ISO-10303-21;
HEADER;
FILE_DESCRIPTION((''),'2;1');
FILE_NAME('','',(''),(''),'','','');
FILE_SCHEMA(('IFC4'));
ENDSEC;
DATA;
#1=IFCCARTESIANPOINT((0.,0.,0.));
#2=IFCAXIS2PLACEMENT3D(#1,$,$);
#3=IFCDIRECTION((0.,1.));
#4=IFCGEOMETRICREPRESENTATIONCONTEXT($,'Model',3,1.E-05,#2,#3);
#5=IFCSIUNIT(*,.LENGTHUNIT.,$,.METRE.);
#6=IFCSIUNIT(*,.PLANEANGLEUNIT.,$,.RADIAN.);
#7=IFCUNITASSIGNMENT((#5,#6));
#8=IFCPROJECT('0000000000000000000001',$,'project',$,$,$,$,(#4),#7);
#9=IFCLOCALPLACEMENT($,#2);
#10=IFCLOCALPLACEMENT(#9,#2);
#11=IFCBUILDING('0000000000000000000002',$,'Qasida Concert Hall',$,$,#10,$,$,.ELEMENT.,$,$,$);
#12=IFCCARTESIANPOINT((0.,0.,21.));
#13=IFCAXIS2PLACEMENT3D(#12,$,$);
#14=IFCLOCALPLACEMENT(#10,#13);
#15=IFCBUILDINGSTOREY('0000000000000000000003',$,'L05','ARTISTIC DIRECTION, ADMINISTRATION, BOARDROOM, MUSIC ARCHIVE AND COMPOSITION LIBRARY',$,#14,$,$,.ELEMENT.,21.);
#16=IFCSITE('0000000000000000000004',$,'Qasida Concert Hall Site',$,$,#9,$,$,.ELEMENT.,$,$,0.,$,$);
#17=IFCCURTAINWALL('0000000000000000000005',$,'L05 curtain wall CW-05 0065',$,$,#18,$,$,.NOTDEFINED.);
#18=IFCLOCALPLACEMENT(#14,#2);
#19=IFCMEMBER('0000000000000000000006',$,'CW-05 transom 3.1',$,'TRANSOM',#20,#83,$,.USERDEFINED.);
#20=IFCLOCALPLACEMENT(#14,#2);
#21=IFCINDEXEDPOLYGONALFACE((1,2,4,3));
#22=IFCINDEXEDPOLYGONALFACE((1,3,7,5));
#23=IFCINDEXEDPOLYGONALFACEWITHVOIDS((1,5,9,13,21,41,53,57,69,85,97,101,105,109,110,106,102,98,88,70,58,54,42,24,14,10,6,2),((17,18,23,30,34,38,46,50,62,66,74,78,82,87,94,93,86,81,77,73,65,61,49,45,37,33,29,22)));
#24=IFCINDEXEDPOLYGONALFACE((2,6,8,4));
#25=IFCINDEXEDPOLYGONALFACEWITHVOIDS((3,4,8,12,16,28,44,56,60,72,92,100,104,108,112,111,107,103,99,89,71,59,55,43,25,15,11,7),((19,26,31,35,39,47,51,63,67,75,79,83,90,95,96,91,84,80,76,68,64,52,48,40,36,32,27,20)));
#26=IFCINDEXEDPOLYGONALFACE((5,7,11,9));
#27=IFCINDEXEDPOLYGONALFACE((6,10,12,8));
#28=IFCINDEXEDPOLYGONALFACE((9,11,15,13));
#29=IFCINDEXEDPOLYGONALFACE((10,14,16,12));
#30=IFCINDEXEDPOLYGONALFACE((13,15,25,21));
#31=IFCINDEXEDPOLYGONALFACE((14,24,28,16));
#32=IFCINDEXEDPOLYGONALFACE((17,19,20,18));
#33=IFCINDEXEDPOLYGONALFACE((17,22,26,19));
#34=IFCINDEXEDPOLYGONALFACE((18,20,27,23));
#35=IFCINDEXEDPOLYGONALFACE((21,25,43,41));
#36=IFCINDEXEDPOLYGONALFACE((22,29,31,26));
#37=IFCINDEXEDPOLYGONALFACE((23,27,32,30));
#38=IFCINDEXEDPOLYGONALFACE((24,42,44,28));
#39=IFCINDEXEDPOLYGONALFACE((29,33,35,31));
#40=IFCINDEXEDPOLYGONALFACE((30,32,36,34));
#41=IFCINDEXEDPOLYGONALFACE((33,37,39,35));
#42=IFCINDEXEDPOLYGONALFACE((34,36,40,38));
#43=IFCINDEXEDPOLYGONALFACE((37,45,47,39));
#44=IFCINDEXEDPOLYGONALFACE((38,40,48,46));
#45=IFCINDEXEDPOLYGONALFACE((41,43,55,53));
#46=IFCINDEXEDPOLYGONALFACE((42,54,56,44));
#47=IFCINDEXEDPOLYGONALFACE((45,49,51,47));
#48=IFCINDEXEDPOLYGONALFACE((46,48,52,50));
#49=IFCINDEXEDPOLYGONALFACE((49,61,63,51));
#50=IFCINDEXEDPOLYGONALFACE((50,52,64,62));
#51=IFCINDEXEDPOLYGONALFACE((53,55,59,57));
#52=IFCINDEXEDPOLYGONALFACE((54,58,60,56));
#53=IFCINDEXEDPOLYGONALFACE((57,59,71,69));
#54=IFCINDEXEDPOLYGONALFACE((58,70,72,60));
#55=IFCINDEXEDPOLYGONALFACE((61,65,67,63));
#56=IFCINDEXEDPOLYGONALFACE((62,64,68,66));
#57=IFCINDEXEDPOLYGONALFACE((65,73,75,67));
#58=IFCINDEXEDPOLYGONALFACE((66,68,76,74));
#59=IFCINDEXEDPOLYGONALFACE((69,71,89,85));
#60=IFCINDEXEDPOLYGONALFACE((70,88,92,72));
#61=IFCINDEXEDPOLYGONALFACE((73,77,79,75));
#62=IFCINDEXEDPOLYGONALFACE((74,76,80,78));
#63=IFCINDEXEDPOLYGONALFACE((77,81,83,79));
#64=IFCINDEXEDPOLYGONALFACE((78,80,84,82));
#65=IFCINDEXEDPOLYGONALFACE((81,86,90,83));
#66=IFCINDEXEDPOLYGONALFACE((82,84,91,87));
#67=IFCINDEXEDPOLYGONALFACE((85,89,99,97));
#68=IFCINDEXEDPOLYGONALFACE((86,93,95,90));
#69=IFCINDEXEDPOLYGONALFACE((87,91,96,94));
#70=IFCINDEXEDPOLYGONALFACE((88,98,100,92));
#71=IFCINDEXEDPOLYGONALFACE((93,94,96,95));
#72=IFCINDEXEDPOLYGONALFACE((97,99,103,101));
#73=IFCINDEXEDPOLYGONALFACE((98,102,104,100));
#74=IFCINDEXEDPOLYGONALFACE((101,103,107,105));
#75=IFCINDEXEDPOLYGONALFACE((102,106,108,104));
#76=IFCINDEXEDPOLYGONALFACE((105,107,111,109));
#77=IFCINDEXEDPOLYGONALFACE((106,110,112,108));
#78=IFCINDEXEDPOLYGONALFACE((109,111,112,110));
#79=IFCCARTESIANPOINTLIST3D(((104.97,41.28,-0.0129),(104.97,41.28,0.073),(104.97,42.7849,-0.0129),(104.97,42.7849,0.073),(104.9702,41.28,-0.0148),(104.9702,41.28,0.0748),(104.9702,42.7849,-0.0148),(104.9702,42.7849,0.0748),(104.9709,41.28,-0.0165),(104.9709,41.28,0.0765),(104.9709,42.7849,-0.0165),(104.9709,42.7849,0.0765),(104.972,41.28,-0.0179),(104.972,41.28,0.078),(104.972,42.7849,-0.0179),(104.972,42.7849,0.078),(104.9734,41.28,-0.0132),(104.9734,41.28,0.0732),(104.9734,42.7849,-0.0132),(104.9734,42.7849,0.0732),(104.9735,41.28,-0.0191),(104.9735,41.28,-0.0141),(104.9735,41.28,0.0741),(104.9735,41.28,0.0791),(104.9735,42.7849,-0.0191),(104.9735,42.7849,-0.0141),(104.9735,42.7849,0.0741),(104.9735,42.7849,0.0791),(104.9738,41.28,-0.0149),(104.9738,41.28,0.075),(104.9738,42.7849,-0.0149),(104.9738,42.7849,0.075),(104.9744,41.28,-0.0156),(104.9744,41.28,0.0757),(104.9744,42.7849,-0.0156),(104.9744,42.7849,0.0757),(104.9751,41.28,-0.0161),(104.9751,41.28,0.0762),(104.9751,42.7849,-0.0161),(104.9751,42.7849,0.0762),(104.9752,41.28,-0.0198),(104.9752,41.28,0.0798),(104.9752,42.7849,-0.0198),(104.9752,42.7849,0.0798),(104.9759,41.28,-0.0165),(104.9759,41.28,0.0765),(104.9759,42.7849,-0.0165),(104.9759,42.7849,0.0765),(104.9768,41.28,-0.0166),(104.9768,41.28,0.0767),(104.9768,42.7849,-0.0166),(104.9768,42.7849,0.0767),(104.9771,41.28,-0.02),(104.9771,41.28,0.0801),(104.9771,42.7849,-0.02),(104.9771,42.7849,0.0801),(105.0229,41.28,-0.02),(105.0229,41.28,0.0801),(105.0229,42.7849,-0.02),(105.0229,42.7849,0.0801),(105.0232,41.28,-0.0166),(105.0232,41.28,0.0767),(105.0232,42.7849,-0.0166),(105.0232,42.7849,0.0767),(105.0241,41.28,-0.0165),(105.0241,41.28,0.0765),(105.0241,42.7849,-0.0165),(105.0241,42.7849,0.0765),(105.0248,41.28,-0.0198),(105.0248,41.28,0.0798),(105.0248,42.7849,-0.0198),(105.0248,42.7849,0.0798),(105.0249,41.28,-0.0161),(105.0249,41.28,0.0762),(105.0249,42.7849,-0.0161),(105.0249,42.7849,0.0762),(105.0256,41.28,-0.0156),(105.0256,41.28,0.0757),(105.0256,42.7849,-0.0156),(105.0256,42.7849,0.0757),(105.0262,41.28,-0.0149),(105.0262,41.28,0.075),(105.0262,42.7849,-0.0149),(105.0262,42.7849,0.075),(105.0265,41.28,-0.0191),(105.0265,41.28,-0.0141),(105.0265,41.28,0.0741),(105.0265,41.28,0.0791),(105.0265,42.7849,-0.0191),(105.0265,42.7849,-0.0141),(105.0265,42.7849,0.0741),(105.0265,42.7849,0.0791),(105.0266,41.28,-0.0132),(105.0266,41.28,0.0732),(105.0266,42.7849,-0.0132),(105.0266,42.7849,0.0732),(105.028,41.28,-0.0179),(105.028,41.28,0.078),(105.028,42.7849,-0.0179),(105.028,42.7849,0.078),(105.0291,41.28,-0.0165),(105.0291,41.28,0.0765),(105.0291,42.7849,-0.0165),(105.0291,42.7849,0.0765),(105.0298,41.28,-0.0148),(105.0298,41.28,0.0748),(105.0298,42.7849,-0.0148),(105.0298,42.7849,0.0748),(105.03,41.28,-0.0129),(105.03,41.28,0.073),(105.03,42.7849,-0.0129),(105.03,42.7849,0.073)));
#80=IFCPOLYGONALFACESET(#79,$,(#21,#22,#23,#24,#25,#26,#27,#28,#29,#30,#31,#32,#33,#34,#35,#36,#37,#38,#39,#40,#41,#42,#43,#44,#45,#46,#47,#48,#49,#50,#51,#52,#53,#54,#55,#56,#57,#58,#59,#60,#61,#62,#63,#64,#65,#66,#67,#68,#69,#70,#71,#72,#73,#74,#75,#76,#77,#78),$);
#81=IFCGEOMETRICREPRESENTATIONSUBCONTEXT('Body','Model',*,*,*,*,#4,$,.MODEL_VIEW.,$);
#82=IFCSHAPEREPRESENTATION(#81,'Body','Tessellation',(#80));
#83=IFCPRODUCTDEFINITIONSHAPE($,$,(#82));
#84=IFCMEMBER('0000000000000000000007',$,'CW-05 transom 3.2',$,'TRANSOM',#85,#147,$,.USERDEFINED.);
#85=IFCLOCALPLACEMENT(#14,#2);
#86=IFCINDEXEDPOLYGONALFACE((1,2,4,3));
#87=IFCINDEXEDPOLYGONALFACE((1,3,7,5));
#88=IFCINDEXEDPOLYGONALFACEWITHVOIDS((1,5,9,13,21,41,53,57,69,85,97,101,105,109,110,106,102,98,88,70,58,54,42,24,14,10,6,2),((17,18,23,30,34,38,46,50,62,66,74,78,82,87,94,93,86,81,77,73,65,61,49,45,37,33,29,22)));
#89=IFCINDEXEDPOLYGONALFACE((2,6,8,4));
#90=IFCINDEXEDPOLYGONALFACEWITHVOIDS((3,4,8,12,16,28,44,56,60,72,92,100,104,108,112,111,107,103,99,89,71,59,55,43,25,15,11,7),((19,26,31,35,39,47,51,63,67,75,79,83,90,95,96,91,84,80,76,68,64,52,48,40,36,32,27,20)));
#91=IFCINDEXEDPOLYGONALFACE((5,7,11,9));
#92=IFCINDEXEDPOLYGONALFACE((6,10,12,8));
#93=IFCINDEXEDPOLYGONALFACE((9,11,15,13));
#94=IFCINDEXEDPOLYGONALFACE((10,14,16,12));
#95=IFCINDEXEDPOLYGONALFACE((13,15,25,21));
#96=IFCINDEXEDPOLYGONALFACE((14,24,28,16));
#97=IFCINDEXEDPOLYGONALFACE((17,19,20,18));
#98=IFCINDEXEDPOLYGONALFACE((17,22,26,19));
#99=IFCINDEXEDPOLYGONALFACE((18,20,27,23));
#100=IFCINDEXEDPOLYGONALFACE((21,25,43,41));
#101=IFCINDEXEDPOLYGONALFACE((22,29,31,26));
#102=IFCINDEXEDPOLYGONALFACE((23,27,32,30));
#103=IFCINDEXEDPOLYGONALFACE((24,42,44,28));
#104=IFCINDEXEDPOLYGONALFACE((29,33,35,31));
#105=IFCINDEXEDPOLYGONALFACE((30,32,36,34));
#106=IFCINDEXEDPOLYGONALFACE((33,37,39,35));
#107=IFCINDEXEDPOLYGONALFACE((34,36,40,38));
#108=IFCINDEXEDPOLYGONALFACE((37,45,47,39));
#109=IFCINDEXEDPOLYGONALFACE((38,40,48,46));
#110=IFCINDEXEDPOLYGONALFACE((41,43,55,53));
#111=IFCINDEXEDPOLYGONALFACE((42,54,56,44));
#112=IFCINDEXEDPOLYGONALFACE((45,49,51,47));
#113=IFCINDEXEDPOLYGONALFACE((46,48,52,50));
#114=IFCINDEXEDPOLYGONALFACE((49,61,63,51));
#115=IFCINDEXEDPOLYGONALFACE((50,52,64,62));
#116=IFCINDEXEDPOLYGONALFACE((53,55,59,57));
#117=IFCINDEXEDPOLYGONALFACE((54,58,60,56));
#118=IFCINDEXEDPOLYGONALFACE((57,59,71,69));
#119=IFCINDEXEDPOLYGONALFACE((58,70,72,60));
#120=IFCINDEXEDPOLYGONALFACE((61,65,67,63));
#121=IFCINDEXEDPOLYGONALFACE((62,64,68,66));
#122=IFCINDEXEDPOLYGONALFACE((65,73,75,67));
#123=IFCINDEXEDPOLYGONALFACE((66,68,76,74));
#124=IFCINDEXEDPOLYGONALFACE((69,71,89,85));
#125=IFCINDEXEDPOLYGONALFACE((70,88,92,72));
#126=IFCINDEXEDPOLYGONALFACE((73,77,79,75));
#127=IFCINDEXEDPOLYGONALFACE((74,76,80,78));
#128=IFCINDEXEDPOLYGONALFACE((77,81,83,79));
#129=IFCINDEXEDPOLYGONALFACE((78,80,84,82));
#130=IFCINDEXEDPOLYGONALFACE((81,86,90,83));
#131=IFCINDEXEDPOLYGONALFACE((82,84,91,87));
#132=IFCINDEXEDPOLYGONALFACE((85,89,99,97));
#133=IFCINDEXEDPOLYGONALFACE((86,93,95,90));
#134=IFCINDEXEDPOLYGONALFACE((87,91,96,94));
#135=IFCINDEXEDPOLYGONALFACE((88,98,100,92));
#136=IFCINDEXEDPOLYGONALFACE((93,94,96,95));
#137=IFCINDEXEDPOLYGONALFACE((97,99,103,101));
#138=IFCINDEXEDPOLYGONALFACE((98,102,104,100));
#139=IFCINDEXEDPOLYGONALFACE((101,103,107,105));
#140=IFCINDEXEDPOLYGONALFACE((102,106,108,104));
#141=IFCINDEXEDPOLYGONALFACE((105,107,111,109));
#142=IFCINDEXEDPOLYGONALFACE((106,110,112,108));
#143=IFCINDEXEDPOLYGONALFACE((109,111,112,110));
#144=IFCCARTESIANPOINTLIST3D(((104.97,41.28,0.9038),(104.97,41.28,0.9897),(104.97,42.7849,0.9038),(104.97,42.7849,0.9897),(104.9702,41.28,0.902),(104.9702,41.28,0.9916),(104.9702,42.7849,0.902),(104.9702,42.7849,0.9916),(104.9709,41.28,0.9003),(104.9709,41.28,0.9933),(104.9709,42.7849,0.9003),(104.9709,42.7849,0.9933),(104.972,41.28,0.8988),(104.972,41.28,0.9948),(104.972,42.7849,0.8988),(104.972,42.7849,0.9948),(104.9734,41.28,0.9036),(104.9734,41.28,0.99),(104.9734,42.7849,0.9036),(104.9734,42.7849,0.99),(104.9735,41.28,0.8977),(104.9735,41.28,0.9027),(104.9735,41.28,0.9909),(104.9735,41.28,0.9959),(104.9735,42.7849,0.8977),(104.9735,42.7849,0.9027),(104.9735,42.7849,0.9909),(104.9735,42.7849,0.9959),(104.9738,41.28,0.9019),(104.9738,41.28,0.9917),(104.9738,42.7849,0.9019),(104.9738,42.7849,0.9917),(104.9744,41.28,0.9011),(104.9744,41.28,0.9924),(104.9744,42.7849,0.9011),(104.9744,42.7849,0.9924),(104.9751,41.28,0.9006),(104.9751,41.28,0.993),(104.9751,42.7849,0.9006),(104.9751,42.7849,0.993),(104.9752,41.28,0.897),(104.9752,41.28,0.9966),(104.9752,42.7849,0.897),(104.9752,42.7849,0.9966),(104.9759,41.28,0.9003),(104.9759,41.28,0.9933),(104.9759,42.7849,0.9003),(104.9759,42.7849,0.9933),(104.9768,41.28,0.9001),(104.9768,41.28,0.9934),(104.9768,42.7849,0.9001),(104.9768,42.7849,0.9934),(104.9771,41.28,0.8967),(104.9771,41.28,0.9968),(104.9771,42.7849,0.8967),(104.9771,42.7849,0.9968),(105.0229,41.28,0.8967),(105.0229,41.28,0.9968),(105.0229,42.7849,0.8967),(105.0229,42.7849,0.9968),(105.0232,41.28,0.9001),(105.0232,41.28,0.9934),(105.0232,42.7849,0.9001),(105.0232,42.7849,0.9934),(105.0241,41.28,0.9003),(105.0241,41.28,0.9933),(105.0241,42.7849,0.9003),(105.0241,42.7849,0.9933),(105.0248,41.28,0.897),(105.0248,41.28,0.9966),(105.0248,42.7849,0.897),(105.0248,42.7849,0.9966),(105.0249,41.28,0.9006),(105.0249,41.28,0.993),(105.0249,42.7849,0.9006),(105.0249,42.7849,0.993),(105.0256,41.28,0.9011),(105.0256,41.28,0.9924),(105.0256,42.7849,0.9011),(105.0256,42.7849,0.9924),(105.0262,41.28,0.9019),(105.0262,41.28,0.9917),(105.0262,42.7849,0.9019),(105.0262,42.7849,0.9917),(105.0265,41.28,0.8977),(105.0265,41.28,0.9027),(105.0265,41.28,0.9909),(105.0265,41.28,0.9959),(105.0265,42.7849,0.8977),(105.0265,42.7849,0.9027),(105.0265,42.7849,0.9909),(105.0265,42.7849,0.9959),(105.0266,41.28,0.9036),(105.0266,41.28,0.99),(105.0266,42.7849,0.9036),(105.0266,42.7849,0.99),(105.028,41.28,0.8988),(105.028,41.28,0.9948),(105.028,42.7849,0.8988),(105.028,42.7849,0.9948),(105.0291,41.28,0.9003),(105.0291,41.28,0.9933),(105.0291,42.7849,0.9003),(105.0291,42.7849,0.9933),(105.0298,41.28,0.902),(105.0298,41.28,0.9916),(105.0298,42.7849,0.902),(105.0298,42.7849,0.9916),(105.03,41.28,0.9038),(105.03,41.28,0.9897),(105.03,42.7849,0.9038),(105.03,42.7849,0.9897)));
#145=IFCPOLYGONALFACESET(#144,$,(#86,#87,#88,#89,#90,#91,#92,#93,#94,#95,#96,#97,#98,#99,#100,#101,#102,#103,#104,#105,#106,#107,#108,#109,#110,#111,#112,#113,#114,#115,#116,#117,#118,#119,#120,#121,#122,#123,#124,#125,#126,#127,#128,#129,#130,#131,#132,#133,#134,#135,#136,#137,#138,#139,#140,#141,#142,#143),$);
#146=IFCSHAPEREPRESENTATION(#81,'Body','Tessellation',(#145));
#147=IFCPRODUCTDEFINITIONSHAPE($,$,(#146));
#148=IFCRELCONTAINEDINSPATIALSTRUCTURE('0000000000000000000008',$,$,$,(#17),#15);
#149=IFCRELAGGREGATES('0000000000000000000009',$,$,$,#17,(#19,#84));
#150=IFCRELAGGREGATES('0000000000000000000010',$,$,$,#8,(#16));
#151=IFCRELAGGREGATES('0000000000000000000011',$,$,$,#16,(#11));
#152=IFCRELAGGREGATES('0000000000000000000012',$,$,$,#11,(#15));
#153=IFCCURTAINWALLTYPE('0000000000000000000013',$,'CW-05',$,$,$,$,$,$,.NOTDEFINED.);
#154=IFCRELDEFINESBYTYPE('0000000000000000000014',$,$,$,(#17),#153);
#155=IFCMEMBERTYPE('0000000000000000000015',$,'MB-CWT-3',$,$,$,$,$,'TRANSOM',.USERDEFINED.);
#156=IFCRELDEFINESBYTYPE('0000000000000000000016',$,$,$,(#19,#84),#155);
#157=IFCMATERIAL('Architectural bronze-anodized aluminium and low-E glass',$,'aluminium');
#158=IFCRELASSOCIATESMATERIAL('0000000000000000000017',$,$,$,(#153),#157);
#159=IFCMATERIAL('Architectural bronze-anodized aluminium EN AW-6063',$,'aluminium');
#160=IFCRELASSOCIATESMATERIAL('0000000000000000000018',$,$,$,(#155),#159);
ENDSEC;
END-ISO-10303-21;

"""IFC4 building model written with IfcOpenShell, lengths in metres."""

from ifc_helpers import new_model, si_unit, direction, frame, origin, origin_2d, place, context, subcontext, project, spatial, hollow_rectangle, extrude, material, material_profile, profile_set, type_object, element, aggregate, save


model = new_model("IFC4")

# Units and contexts
model_context = context("Model", 3, precision=1e-05, world=origin(), true_north=direction((0.0, 1.0)))
body_context = subcontext(model_context, "Body", "Model", "MODEL_VIEW")
ifc_project = project(units=[si_unit("LENGTHUNIT", "METRE"), si_unit("PLANEANGLEUNIT", "RADIAN")], contexts=[model_context])

# Site, building, storey
site_placement = place(None, origin())
site = spatial("IfcSite", under=ifc_project, at=site_placement, Name="Qasida Concert Hall Site", CompositionType="ELEMENT", RefElevation=0.0)
building_placement = place(site_placement, origin())
building = spatial("IfcBuilding", under=site, at=building_placement, Name="Qasida Concert Hall", CompositionType="ELEMENT")
storey_placement = place(building_placement, frame((0.0, 0.0, 21.0)))
storey = spatial("IfcBuildingStorey", under=building, at=storey_placement, Name="L05", Description="ARTISTIC DIRECTION, ADMINISTRATION, BOARDROOM, MUSIC ARCHIVE AND COMPOSITION LIBRARY", CompositionType="ELEMENT", Elevation=21.0)

# Curtain wall, members
ifc_material_1 = material(Name="Architectural bronze-anodized aluminium and low-E glass", Category="aluminium")
curtain_wall_type = type_object("IfcCurtainWallType", Name="CW-05", PredefinedType="NOTDEFINED", material=ifc_material_1)
curtain_wall_placement = place(storey_placement, origin())
curtain_wall = element("IfcCurtainWall", 1, at=curtain_wall_placement, inside=storey, type_object=curtain_wall_type, Name="L05 curtain wall CW-05 0065", PredefinedType="NOTDEFINED")
ifc_material_2 = material(Name="Architectural bronze-anodized aluminium EN AW-6063", Category="aluminium")
ifc_material_profile_1 = material_profile(ifc_material_2, hollow_rectangle(XDim=0.0601, YDim=0.1001, WallThickness=0.0034, InnerFilletRadius=0.0034, OuterFilletRadius=0.0071, at=origin_2d()), Name="CWT 100x60x3.5")
ifc_profile_set_1 = profile_set([ifc_material_profile_1], Name="Architectural bronze-anodized aluminium EN AW-6063")
member_type_1 = type_object("IfcMemberType", Name="MB-CWT-3", ElementType="TRANSOM", PredefinedType="USERDEFINED", material=ifc_profile_set_1)
member_1_placement = place(storey_placement, frame((105.0, 41.28, 0.03), z_axis=(0.0, 1.0, 0.0), x_axis=(-1.0, 0.0, 0.0)))
member_1 = element("IfcMember", 2, at=member_1_placement, type_object=member_type_1, Name="CW-05 transom 3.1", ObjectType="TRANSOM", PredefinedType="USERDEFINED", context=body_context, shape_type="SweptSolid", body=[
    extrude(hollow_rectangle(XDim=0.0601, YDim=0.1001, WallThickness=0.0034, InnerFilletRadius=0.0034, OuterFilletRadius=0.0071, at=origin_2d()), origin(), (0.0, 0.0, 1.0), 1.5049),
])
member_2_placement = place(storey_placement, frame((105.0, 41.28, 0.9468), z_axis=(0.0, 1.0, 0.0), x_axis=(-1.0, 0.0, 0.0)))
member_2 = element("IfcMember", 3, at=member_2_placement, type_object=member_type_1, Name="CW-05 transom 3.2", ObjectType="TRANSOM", PredefinedType="USERDEFINED", context=body_context, shape_type="SweptSolid", body=[
    extrude(hollow_rectangle(XDim=0.0601, YDim=0.1001, WallThickness=0.0034, InnerFilletRadius=0.0034, OuterFilletRadius=0.0071, at=origin_2d()), origin(), (0.0, 0.0, 1.0), 1.5049),
])
aggregate(curtain_wall, [member_1, member_2])

save(model, "model.ifc")
